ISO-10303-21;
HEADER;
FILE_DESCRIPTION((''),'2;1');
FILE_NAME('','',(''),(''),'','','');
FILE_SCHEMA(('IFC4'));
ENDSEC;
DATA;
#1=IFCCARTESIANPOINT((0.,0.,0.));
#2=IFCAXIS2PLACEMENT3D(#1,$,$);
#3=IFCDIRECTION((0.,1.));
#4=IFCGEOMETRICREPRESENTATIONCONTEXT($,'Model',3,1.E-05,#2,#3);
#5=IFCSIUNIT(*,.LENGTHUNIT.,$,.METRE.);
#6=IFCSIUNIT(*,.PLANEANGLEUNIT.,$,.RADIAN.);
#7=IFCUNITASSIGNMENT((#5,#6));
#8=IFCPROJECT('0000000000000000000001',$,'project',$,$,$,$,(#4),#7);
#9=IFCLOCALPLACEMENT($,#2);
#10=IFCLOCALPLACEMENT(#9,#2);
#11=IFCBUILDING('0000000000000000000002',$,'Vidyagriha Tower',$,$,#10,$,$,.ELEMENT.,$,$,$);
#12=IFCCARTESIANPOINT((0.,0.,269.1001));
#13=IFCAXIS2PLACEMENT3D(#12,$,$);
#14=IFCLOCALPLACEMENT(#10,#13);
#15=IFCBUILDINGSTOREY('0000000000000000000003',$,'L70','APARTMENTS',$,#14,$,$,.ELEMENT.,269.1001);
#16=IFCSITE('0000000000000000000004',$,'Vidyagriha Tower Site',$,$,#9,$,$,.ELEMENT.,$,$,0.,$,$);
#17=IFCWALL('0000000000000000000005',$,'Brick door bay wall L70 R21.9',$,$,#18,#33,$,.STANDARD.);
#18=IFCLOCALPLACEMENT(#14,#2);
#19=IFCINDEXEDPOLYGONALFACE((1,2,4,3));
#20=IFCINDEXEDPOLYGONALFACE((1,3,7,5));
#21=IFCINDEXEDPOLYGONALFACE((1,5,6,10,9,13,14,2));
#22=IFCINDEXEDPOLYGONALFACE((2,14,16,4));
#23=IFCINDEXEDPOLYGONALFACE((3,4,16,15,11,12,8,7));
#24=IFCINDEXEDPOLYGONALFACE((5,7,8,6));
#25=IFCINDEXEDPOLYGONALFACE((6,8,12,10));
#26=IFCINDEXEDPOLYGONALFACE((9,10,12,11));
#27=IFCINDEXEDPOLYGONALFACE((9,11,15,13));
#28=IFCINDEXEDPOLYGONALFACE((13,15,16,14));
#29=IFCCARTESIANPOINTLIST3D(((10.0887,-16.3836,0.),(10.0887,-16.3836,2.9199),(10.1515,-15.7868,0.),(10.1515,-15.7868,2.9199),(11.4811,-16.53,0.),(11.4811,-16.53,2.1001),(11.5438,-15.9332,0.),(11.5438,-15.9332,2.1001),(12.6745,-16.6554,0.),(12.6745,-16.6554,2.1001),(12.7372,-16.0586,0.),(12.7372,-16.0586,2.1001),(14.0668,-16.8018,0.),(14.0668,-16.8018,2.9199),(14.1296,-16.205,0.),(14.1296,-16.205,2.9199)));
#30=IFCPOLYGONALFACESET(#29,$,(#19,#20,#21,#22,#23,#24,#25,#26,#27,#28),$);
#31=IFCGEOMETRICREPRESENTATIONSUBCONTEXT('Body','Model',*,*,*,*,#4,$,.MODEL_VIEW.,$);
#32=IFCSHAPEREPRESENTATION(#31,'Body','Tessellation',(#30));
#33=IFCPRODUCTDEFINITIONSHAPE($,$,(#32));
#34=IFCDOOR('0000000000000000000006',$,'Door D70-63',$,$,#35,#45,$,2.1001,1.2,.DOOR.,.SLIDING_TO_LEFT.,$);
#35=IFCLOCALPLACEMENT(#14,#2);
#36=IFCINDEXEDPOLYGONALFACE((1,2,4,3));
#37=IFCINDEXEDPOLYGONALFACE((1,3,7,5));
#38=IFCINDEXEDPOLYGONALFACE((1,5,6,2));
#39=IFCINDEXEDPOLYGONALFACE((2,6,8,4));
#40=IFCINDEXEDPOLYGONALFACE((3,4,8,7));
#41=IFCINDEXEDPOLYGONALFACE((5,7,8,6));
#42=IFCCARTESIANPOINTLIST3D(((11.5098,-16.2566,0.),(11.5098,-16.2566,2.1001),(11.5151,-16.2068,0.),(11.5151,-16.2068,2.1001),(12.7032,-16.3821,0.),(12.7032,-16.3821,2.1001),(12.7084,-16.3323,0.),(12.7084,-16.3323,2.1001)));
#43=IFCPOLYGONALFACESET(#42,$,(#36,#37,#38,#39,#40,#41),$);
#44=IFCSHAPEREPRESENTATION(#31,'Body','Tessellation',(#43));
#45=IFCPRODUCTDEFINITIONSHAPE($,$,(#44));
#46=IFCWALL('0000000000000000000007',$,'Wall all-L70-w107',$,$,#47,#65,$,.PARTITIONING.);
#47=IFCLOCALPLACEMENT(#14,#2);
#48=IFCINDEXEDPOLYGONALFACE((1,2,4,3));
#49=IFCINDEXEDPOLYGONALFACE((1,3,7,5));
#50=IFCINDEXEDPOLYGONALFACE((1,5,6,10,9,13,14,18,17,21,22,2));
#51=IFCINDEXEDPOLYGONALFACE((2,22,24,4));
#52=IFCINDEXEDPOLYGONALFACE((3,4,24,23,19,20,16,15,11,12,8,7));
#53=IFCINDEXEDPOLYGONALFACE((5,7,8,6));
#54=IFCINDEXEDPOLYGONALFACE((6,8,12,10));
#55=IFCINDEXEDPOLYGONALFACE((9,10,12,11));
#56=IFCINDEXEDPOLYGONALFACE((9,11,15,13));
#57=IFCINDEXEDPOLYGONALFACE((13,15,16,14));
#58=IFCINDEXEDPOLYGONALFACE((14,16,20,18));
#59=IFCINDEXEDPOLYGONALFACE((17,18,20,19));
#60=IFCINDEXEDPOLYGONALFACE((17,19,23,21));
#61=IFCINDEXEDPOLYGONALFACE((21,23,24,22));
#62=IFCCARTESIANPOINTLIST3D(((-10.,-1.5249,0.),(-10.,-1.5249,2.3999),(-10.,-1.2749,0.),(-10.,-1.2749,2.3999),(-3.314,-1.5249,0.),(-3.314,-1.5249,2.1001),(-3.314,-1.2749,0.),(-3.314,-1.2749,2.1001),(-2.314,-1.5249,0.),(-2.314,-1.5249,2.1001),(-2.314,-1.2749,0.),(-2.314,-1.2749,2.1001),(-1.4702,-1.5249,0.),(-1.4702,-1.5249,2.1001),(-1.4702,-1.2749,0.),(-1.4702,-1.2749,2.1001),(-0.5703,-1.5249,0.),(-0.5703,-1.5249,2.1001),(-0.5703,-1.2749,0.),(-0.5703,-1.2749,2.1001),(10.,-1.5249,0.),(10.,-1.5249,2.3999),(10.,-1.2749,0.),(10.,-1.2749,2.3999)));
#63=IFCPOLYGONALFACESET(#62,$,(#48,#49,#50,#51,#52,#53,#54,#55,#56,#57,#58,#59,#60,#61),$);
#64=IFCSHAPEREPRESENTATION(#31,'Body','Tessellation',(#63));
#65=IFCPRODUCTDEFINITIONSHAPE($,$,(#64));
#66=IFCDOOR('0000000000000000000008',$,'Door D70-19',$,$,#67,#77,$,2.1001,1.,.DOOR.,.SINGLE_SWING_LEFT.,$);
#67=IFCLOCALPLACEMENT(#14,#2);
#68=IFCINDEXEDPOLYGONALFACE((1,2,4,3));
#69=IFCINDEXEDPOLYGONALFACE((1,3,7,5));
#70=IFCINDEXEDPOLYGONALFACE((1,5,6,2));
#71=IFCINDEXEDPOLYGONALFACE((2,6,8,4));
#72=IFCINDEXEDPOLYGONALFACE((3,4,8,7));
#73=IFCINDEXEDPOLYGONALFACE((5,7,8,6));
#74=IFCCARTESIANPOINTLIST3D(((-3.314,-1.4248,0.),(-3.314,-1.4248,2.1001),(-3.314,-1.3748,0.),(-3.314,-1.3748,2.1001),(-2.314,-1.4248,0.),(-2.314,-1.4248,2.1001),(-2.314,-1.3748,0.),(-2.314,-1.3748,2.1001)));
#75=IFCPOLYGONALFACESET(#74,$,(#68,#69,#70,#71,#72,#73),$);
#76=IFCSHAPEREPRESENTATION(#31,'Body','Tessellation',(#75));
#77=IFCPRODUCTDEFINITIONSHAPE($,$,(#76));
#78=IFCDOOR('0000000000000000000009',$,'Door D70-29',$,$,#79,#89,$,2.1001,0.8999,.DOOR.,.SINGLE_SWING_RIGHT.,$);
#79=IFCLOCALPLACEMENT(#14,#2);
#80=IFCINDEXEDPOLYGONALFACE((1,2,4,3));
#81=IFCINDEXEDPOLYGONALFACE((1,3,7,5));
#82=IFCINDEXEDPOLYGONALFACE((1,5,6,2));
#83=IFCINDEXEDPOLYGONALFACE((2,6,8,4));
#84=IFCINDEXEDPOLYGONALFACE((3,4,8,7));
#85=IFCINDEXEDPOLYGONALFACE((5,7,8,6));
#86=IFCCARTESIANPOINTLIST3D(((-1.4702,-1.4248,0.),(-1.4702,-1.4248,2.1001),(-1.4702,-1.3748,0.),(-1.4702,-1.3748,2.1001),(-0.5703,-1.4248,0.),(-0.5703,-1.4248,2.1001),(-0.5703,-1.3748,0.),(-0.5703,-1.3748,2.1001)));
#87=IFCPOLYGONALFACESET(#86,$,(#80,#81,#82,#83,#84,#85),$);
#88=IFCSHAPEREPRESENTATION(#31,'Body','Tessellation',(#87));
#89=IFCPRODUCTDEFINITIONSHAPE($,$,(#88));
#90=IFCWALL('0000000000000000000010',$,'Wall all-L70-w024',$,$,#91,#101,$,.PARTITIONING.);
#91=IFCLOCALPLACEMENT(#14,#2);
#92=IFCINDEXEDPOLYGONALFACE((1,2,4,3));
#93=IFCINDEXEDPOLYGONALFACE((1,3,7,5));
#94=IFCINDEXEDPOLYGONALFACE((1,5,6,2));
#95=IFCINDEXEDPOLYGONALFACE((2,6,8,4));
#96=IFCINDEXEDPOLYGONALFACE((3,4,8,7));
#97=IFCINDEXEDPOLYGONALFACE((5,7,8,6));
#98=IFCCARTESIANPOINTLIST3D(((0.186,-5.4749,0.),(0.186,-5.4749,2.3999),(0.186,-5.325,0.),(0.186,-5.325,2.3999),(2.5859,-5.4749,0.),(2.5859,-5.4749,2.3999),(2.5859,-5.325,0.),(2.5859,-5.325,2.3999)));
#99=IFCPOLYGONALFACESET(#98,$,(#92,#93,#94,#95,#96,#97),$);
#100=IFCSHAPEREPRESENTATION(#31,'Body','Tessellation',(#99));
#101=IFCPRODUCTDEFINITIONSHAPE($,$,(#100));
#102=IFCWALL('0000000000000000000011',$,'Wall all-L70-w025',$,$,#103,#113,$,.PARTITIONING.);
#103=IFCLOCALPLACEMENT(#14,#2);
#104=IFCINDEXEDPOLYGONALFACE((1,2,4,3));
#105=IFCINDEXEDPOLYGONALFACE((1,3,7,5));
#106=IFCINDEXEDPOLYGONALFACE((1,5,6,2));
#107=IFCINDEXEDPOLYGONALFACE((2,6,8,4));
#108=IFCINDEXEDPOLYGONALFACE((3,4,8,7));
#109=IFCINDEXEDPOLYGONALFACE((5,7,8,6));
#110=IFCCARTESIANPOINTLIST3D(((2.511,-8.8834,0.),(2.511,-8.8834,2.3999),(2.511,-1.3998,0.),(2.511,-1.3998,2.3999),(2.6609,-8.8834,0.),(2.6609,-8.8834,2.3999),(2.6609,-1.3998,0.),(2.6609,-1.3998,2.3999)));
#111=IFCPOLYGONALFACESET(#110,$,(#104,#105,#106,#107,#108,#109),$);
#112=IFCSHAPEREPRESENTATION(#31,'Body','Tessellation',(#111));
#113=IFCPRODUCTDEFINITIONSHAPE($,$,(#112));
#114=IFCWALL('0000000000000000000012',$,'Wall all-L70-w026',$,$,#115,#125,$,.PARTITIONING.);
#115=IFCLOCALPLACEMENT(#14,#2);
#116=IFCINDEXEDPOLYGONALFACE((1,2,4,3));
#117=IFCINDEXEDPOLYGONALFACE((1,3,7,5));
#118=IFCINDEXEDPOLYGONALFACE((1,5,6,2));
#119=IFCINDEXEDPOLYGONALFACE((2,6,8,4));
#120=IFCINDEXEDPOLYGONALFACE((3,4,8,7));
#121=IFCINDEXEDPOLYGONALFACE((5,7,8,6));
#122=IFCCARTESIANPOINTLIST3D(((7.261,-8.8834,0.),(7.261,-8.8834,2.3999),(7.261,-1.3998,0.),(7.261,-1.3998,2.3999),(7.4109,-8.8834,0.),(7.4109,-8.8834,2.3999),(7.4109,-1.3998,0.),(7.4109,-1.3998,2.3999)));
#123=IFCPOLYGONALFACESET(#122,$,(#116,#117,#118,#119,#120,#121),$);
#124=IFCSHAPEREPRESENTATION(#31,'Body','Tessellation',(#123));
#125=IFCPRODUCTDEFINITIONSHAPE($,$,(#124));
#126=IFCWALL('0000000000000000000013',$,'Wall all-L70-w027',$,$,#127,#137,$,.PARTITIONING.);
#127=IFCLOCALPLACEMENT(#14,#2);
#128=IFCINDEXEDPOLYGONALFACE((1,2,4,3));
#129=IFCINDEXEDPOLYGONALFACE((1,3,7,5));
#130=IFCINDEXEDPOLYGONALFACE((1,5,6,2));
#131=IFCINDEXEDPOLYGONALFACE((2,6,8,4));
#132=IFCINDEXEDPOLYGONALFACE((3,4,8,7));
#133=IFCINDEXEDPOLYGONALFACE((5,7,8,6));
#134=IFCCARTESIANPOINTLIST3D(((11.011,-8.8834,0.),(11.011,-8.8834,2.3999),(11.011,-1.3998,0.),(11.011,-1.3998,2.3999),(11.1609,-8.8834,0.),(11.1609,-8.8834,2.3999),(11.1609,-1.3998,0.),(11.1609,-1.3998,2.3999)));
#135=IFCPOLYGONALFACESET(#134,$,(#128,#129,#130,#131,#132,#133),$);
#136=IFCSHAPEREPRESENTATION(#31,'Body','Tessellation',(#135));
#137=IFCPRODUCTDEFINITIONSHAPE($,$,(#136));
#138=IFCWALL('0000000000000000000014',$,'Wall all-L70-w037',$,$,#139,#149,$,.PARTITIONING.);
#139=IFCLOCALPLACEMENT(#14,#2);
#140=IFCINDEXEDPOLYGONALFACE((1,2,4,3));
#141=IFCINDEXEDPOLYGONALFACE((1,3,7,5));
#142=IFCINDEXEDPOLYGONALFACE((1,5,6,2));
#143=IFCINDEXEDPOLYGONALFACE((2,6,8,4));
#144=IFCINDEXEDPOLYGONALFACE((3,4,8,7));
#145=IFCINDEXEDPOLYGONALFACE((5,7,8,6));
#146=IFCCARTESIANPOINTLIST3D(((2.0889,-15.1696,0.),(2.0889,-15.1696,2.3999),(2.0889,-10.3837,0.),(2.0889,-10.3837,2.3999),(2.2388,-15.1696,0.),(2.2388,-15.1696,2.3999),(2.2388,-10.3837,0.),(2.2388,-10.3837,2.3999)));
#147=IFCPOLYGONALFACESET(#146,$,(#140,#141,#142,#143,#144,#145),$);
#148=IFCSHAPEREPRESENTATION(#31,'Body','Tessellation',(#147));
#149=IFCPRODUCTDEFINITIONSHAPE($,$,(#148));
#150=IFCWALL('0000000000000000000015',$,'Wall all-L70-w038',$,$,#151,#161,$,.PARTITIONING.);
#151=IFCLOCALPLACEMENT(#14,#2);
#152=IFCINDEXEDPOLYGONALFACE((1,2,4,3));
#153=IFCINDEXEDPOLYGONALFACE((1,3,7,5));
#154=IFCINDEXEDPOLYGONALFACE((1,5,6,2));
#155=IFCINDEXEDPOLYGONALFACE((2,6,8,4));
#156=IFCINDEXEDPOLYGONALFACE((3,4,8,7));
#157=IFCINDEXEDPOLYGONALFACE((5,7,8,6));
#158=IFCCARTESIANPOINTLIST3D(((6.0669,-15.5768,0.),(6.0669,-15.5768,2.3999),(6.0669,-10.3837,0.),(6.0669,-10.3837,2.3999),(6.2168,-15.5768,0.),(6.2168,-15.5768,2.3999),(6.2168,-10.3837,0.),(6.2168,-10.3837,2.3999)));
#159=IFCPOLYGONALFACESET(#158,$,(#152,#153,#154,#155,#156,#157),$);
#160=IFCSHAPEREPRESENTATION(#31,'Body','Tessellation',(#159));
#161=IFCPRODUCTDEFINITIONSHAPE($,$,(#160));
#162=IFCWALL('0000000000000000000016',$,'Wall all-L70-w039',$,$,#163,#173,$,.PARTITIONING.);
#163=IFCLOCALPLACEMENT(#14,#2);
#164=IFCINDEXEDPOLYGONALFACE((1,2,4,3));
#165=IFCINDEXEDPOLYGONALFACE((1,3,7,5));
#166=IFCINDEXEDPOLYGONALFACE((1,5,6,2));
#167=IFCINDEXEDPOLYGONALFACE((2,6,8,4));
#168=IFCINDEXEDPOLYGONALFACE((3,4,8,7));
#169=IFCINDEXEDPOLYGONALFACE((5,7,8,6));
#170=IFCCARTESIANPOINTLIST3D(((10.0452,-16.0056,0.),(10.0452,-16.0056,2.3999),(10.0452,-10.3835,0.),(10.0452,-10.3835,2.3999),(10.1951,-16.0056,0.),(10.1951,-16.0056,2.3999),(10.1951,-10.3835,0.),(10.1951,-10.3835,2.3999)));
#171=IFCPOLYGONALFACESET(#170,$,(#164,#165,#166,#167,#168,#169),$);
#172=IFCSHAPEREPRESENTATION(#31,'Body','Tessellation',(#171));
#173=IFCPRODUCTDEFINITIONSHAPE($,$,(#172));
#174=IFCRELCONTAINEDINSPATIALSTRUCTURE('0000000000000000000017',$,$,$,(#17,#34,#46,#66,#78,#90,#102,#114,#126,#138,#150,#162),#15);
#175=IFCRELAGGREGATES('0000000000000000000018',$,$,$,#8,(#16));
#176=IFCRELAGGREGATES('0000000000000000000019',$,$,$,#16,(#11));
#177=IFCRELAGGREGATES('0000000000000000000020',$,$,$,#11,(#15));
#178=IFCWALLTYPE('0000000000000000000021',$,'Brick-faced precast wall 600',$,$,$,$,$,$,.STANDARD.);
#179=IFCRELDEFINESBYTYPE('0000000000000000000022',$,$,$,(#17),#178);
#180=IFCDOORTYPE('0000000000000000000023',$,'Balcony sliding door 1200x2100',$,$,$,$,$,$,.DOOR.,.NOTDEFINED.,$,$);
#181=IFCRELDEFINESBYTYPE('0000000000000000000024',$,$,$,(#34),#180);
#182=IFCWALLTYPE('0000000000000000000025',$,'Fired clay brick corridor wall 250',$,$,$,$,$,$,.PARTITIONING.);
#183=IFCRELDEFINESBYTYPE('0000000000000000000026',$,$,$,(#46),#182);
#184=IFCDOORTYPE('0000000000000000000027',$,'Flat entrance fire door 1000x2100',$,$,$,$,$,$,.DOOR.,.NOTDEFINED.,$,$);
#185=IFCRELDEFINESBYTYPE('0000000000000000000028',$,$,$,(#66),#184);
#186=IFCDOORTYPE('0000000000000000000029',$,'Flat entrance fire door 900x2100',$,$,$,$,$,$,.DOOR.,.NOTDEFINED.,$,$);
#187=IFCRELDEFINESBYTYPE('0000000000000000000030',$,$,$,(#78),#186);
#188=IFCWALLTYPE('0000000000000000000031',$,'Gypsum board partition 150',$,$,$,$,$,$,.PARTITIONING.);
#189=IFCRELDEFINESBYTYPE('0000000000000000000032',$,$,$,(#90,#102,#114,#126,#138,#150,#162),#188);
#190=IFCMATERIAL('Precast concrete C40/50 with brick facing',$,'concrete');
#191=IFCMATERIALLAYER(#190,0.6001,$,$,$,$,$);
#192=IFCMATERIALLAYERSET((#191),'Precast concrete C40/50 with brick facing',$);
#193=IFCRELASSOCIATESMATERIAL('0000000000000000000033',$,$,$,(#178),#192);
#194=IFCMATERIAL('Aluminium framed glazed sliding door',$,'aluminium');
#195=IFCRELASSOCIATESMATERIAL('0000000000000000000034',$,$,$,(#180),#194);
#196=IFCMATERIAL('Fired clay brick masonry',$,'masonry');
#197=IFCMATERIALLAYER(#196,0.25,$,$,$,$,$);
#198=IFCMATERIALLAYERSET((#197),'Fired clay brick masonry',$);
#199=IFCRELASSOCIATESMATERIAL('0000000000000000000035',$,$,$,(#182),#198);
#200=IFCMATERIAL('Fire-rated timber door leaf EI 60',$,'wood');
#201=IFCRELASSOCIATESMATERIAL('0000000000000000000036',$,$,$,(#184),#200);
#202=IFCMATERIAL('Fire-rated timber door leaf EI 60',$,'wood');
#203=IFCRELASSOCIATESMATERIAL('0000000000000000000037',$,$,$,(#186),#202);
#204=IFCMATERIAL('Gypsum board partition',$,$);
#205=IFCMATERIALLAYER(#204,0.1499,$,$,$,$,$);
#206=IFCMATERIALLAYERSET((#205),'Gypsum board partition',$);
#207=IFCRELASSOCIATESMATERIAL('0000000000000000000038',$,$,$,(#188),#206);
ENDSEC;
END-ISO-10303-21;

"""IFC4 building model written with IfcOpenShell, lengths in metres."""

from ifc_helpers import new_model, si_unit, direction, frame, frame_2d, origin, place, context, subcontext, project, spatial, rectangle, extrude, material, layer, layer_set, type_object, element, fill, save


model = new_model("IFC4")

# Units and contexts
model_context = context("Model", 3, precision=1e-05, world=origin(), true_north=direction((0.0, 1.0)))
body_context = subcontext(model_context, "Body", "Model", "MODEL_VIEW")
ifc_project = project(units=[si_unit("LENGTHUNIT", "METRE"), si_unit("PLANEANGLEUNIT", "RADIAN")], contexts=[model_context])

# Site, building, storey
site_placement = place(None, origin())
site = spatial("IfcSite", under=ifc_project, at=site_placement, Name="Vidyagriha Tower Site", CompositionType="ELEMENT", RefElevation=0.0)
building_placement = place(site_placement, origin())
building = spatial("IfcBuilding", under=site, at=building_placement, Name="Vidyagriha Tower", CompositionType="ELEMENT")
storey_placement = place(building_placement, frame((0.0, 0.0, 269.1001)))
storey = spatial("IfcBuildingStorey", under=building, at=storey_placement, Name="L70", Description="APARTMENTS", CompositionType="ELEMENT", Elevation=269.1001)

# Wall, opening, door
ifc_material_1 = material(Name="Precast concrete C40/50 with brick facing", Category="concrete")
ifc_layer_1 = layer(ifc_material_1, 0.6001)
ifc_layer_set_1 = layer_set([ifc_layer_1], Name="Precast concrete C40/50 with brick facing")
wall_type_1 = type_object("IfcWallType", Name="Brick-faced precast wall 600", PredefinedType="STANDARD", material=ifc_layer_set_1)
ifc_material_2 = material(Name="Aluminium framed glazed sliding door", Category="aluminium")
door_type_1 = type_object("IfcDoorType", Name="Balcony sliding door 1200x2100", OperationType="NOTDEFINED", PredefinedType="DOOR", material=ifc_material_2)
wall_1_placement = place(storey_placement, frame((10.1201, -16.0852, 0.0), z_axis=(0.0, 0.0, 1.0), x_axis=(0.994519, -0.104555, 0.0)))
wall_1 = element("IfcWall", 1, at=wall_1_placement, inside=storey, type_object=wall_type_1, Name="Brick door bay wall L70 R21.9", PredefinedType="STANDARD", context=body_context, shape_type="SweptSolid", body=[
    extrude(rectangle(XDim=4.0, YDim=0.6001, at=frame_2d((2.0, 0.0))), origin(), (0.0, 0.0, 1.0), 2.9199),
])
opening_1_placement = place(wall_1_placement, frame((1.3999, 0.0, 0.0)))
opening_1 = element("IfcOpeningElement", 2, at=opening_1_placement, cuts=wall_1, PredefinedType="OPENING", context=body_context, shape_type="SweptSolid", body=[
    extrude(rectangle(XDim=1.2, YDim=2.1001, at=frame_2d((0.6001, 1.05))), frame((0.0, 0.3101, 0.0), z_axis=(0.0, -1.0, 0.0), x_axis=(1.0, 0.0, 0.0)), (0.0, 0.0, 1.0), 0.6201),
])
door_1_placement = place(opening_1_placement, origin())
door_1 = element("IfcDoor", 3, at=door_1_placement, inside=storey, type_object=door_type_1, Name="Door D70-63", OperationType="SLIDING_TO_LEFT", OverallHeight=2.1001, OverallWidth=1.2, PredefinedType="DOOR", context=body_context, shape_type="SweptSolid", body=[
    extrude(rectangle(XDim=1.2, YDim=2.1001, at=frame_2d((0.6001, 1.05))), frame((0.0, 0.0249, 0.0), z_axis=(0.0, -1.0, 0.0), x_axis=(1.0, 0.0, 0.0)), (0.0, 0.0, 1.0), 0.05),
])
fill(opening_1, door_1)

# Wall, openings, doors
ifc_material_3 = material(Name="Fired clay brick masonry", Category="masonry")
ifc_layer_2 = layer(ifc_material_3, 0.25)
ifc_layer_set_2 = layer_set([ifc_layer_2], Name="Fired clay brick masonry")
wall_type_2 = type_object("IfcWallType", Name="Fired clay brick corridor wall 250", PredefinedType="PARTITIONING", material=ifc_layer_set_2)
wall_2_placement = place(storey_placement, frame((10.0, -1.3999, 0.0), z_axis=(0.0, 0.0, 1.0), x_axis=(-1.0, 0.0, 0.0)))
wall_2 = element("IfcWall", 4, at=wall_2_placement, inside=storey, type_object=wall_type_2, Name="Wall all-L70-w107", PredefinedType="PARTITIONING", context=body_context, shape_type="SweptSolid", body=[
    extrude(rectangle(XDim=20.0, YDim=0.25, at=frame_2d((10.0, 0.0))), origin(), (0.0, 0.0, 1.0), 2.3999),
])
opening_2_placement = place(wall_2_placement, frame((12.314, 0.0, 0.0)))
opening_2 = element("IfcOpeningElement", 5, at=opening_2_placement, cuts=wall_2, PredefinedType="OPENING", context=body_context, shape_type="SweptSolid", body=[
    extrude(rectangle(XDim=1.0, YDim=2.1001, at=frame_2d((0.5, 1.05))), frame((0.0, 0.135, 0.0), z_axis=(0.0, -1.0, 0.0), x_axis=(1.0, 0.0, 0.0)), (0.0, 0.0, 1.0), 0.27),
])
opening_3_placement = place(wall_2_placement, frame((10.5703, 0.0, 0.0)))
opening_3 = element("IfcOpeningElement", 6, at=opening_3_placement, cuts=wall_2, PredefinedType="OPENING", context=body_context, shape_type="SweptSolid", body=[
    extrude(rectangle(XDim=0.8999, YDim=2.1001, at=frame_2d((0.45, 1.05))), frame((0.0, 0.135, 0.0), z_axis=(0.0, -1.0, 0.0), x_axis=(1.0, 0.0, 0.0)), (0.0, 0.0, 1.0), 0.27),
])
ifc_material_4 = material(Name="Fire-rated timber door leaf EI 60", Category="wood")
door_type_2 = type_object("IfcDoorType", Name="Flat entrance fire door 1000x2100", OperationType="NOTDEFINED", PredefinedType="DOOR", material=ifc_material_4)
door_2_placement = place(opening_2_placement, origin())
door_2 = element("IfcDoor", 7, at=door_2_placement, inside=storey, type_object=door_type_2, Name="Door D70-19", OperationType="SINGLE_SWING_LEFT", OverallHeight=2.1001, OverallWidth=1.0, PredefinedType="DOOR", context=body_context, shape_type="SweptSolid", body=[
    extrude(rectangle(XDim=1.0, YDim=2.1001, at=frame_2d((0.5, 1.05))), frame((0.0, 0.0249, 0.0), z_axis=(0.0, -1.0, 0.0), x_axis=(1.0, 0.0, 0.0)), (0.0, 0.0, 1.0), 0.05),
])
fill(opening_2, door_2)
ifc_material_5 = material(Name="Fire-rated timber door leaf EI 60", Category="wood")
door_type_3 = type_object("IfcDoorType", Name="Flat entrance fire door 900x2100", OperationType="NOTDEFINED", PredefinedType="DOOR", material=ifc_material_5)
door_3_placement = place(opening_3_placement, origin())
door_3 = element("IfcDoor", 8, at=door_3_placement, inside=storey, type_object=door_type_3, Name="Door D70-29", OperationType="SINGLE_SWING_RIGHT", OverallHeight=2.1001, OverallWidth=0.8999, PredefinedType="DOOR", context=body_context, shape_type="SweptSolid", body=[
    extrude(rectangle(XDim=0.8999, YDim=2.1001, at=frame_2d((0.45, 1.05))), frame((0.0, 0.0249, 0.0), z_axis=(0.0, -1.0, 0.0), x_axis=(1.0, 0.0, 0.0)), (0.0, 0.0, 1.0), 0.05),
])
fill(opening_3, door_3)

# Walls
ifc_material_6 = material(Name="Gypsum board partition")
ifc_layer_3 = layer(ifc_material_6, 0.1499)
ifc_layer_set_3 = layer_set([ifc_layer_3], Name="Gypsum board partition")
wall_type_3 = type_object("IfcWallType", Name="Gypsum board partition 150", PredefinedType="PARTITIONING", material=ifc_layer_set_3)
wall_3_placement = place(storey_placement, frame((2.5859, -5.3999, 0.0), z_axis=(0.0, 0.0, 1.0), x_axis=(-1.0, 0.0, 0.0)))
element("IfcWall", 9, at=wall_3_placement, inside=storey, type_object=wall_type_3, Name="Wall all-L70-w024", PredefinedType="PARTITIONING", context=body_context, shape_type="SweptSolid", body=[
    extrude(rectangle(XDim=2.3999, YDim=0.1499, at=frame_2d((1.2, 0.0))), origin(), (0.0, 0.0, 1.0), 2.3999),
])
for number, where, z_axis, x_axis, name in (
    (10, (2.5859, -1.3999, 0.0), (0.0, 0.0, 1.0), (0.0, -1.0, 0.0), "Wall all-L70-w025"),
    (11, (7.3359, -1.3999, 0.0), (0.0, 0.0, 1.0), (0.0, -1.0, 0.0), "Wall all-L70-w026"),
    (12, (11.0859, -1.3999, 0.0), (0.0, 0.0, 1.0), (0.0, -1.0, 0.0), "Wall all-L70-w027"),
):
    element("IfcWall", number, at=place(storey_placement, frame(where, z_axis=z_axis, x_axis=x_axis)), inside=storey, type_object=wall_type_3, Name=name, PredefinedType="PARTITIONING", context=body_context, shape_type="SweptSolid", body=[
        extrude(rectangle(XDim=7.4836, YDim=0.1499, at=frame_2d((3.7417, 0.0))), origin(), (0.0, 0.0, 1.0), 2.3999),
    ])
wall_4_placement = place(storey_placement, frame((2.1638, -10.3835, 0.0), z_axis=(0.0, 0.0, 1.0), x_axis=(0.0, -1.0, 0.0)))
element("IfcWall", 13, at=wall_4_placement, inside=storey, type_object=wall_type_3, Name="Wall all-L70-w037", PredefinedType="PARTITIONING", context=body_context, shape_type="SweptSolid", body=[
    extrude(rectangle(XDim=4.7859, YDim=0.1499, at=frame_2d((2.3931, 0.0))), origin(), (0.0, 0.0, 1.0), 2.3999),
])
wall_5_placement = place(storey_placement, frame((6.1418, -10.3835, 0.0), z_axis=(0.0, 0.0, 1.0), x_axis=(0.0, -1.0, 0.0)))
element("IfcWall", 14, at=wall_5_placement, inside=storey, type_object=wall_type_3, Name="Wall all-L70-w038", PredefinedType="PARTITIONING", context=body_context, shape_type="SweptSolid", body=[
    extrude(rectangle(XDim=5.1931, YDim=0.1499, at=frame_2d((2.5967, 0.0))), origin(), (0.0, 0.0, 1.0), 2.3999),
])
wall_6_placement = place(storey_placement, frame((10.1201, -10.3835, 0.0), z_axis=(0.0, 0.0, 1.0), x_axis=(0.0, -1.0, 0.0)))
element("IfcWall", 15, at=wall_6_placement, inside=storey, type_object=wall_type_3, Name="Wall all-L70-w039", PredefinedType="PARTITIONING", context=body_context, shape_type="SweptSolid", body=[
    extrude(rectangle(XDim=5.6221, YDim=0.1499, at=frame_2d((2.811, 0.0))), origin(), (0.0, 0.0, 1.0), 2.3999),
])

save(model, "model.ifc")
